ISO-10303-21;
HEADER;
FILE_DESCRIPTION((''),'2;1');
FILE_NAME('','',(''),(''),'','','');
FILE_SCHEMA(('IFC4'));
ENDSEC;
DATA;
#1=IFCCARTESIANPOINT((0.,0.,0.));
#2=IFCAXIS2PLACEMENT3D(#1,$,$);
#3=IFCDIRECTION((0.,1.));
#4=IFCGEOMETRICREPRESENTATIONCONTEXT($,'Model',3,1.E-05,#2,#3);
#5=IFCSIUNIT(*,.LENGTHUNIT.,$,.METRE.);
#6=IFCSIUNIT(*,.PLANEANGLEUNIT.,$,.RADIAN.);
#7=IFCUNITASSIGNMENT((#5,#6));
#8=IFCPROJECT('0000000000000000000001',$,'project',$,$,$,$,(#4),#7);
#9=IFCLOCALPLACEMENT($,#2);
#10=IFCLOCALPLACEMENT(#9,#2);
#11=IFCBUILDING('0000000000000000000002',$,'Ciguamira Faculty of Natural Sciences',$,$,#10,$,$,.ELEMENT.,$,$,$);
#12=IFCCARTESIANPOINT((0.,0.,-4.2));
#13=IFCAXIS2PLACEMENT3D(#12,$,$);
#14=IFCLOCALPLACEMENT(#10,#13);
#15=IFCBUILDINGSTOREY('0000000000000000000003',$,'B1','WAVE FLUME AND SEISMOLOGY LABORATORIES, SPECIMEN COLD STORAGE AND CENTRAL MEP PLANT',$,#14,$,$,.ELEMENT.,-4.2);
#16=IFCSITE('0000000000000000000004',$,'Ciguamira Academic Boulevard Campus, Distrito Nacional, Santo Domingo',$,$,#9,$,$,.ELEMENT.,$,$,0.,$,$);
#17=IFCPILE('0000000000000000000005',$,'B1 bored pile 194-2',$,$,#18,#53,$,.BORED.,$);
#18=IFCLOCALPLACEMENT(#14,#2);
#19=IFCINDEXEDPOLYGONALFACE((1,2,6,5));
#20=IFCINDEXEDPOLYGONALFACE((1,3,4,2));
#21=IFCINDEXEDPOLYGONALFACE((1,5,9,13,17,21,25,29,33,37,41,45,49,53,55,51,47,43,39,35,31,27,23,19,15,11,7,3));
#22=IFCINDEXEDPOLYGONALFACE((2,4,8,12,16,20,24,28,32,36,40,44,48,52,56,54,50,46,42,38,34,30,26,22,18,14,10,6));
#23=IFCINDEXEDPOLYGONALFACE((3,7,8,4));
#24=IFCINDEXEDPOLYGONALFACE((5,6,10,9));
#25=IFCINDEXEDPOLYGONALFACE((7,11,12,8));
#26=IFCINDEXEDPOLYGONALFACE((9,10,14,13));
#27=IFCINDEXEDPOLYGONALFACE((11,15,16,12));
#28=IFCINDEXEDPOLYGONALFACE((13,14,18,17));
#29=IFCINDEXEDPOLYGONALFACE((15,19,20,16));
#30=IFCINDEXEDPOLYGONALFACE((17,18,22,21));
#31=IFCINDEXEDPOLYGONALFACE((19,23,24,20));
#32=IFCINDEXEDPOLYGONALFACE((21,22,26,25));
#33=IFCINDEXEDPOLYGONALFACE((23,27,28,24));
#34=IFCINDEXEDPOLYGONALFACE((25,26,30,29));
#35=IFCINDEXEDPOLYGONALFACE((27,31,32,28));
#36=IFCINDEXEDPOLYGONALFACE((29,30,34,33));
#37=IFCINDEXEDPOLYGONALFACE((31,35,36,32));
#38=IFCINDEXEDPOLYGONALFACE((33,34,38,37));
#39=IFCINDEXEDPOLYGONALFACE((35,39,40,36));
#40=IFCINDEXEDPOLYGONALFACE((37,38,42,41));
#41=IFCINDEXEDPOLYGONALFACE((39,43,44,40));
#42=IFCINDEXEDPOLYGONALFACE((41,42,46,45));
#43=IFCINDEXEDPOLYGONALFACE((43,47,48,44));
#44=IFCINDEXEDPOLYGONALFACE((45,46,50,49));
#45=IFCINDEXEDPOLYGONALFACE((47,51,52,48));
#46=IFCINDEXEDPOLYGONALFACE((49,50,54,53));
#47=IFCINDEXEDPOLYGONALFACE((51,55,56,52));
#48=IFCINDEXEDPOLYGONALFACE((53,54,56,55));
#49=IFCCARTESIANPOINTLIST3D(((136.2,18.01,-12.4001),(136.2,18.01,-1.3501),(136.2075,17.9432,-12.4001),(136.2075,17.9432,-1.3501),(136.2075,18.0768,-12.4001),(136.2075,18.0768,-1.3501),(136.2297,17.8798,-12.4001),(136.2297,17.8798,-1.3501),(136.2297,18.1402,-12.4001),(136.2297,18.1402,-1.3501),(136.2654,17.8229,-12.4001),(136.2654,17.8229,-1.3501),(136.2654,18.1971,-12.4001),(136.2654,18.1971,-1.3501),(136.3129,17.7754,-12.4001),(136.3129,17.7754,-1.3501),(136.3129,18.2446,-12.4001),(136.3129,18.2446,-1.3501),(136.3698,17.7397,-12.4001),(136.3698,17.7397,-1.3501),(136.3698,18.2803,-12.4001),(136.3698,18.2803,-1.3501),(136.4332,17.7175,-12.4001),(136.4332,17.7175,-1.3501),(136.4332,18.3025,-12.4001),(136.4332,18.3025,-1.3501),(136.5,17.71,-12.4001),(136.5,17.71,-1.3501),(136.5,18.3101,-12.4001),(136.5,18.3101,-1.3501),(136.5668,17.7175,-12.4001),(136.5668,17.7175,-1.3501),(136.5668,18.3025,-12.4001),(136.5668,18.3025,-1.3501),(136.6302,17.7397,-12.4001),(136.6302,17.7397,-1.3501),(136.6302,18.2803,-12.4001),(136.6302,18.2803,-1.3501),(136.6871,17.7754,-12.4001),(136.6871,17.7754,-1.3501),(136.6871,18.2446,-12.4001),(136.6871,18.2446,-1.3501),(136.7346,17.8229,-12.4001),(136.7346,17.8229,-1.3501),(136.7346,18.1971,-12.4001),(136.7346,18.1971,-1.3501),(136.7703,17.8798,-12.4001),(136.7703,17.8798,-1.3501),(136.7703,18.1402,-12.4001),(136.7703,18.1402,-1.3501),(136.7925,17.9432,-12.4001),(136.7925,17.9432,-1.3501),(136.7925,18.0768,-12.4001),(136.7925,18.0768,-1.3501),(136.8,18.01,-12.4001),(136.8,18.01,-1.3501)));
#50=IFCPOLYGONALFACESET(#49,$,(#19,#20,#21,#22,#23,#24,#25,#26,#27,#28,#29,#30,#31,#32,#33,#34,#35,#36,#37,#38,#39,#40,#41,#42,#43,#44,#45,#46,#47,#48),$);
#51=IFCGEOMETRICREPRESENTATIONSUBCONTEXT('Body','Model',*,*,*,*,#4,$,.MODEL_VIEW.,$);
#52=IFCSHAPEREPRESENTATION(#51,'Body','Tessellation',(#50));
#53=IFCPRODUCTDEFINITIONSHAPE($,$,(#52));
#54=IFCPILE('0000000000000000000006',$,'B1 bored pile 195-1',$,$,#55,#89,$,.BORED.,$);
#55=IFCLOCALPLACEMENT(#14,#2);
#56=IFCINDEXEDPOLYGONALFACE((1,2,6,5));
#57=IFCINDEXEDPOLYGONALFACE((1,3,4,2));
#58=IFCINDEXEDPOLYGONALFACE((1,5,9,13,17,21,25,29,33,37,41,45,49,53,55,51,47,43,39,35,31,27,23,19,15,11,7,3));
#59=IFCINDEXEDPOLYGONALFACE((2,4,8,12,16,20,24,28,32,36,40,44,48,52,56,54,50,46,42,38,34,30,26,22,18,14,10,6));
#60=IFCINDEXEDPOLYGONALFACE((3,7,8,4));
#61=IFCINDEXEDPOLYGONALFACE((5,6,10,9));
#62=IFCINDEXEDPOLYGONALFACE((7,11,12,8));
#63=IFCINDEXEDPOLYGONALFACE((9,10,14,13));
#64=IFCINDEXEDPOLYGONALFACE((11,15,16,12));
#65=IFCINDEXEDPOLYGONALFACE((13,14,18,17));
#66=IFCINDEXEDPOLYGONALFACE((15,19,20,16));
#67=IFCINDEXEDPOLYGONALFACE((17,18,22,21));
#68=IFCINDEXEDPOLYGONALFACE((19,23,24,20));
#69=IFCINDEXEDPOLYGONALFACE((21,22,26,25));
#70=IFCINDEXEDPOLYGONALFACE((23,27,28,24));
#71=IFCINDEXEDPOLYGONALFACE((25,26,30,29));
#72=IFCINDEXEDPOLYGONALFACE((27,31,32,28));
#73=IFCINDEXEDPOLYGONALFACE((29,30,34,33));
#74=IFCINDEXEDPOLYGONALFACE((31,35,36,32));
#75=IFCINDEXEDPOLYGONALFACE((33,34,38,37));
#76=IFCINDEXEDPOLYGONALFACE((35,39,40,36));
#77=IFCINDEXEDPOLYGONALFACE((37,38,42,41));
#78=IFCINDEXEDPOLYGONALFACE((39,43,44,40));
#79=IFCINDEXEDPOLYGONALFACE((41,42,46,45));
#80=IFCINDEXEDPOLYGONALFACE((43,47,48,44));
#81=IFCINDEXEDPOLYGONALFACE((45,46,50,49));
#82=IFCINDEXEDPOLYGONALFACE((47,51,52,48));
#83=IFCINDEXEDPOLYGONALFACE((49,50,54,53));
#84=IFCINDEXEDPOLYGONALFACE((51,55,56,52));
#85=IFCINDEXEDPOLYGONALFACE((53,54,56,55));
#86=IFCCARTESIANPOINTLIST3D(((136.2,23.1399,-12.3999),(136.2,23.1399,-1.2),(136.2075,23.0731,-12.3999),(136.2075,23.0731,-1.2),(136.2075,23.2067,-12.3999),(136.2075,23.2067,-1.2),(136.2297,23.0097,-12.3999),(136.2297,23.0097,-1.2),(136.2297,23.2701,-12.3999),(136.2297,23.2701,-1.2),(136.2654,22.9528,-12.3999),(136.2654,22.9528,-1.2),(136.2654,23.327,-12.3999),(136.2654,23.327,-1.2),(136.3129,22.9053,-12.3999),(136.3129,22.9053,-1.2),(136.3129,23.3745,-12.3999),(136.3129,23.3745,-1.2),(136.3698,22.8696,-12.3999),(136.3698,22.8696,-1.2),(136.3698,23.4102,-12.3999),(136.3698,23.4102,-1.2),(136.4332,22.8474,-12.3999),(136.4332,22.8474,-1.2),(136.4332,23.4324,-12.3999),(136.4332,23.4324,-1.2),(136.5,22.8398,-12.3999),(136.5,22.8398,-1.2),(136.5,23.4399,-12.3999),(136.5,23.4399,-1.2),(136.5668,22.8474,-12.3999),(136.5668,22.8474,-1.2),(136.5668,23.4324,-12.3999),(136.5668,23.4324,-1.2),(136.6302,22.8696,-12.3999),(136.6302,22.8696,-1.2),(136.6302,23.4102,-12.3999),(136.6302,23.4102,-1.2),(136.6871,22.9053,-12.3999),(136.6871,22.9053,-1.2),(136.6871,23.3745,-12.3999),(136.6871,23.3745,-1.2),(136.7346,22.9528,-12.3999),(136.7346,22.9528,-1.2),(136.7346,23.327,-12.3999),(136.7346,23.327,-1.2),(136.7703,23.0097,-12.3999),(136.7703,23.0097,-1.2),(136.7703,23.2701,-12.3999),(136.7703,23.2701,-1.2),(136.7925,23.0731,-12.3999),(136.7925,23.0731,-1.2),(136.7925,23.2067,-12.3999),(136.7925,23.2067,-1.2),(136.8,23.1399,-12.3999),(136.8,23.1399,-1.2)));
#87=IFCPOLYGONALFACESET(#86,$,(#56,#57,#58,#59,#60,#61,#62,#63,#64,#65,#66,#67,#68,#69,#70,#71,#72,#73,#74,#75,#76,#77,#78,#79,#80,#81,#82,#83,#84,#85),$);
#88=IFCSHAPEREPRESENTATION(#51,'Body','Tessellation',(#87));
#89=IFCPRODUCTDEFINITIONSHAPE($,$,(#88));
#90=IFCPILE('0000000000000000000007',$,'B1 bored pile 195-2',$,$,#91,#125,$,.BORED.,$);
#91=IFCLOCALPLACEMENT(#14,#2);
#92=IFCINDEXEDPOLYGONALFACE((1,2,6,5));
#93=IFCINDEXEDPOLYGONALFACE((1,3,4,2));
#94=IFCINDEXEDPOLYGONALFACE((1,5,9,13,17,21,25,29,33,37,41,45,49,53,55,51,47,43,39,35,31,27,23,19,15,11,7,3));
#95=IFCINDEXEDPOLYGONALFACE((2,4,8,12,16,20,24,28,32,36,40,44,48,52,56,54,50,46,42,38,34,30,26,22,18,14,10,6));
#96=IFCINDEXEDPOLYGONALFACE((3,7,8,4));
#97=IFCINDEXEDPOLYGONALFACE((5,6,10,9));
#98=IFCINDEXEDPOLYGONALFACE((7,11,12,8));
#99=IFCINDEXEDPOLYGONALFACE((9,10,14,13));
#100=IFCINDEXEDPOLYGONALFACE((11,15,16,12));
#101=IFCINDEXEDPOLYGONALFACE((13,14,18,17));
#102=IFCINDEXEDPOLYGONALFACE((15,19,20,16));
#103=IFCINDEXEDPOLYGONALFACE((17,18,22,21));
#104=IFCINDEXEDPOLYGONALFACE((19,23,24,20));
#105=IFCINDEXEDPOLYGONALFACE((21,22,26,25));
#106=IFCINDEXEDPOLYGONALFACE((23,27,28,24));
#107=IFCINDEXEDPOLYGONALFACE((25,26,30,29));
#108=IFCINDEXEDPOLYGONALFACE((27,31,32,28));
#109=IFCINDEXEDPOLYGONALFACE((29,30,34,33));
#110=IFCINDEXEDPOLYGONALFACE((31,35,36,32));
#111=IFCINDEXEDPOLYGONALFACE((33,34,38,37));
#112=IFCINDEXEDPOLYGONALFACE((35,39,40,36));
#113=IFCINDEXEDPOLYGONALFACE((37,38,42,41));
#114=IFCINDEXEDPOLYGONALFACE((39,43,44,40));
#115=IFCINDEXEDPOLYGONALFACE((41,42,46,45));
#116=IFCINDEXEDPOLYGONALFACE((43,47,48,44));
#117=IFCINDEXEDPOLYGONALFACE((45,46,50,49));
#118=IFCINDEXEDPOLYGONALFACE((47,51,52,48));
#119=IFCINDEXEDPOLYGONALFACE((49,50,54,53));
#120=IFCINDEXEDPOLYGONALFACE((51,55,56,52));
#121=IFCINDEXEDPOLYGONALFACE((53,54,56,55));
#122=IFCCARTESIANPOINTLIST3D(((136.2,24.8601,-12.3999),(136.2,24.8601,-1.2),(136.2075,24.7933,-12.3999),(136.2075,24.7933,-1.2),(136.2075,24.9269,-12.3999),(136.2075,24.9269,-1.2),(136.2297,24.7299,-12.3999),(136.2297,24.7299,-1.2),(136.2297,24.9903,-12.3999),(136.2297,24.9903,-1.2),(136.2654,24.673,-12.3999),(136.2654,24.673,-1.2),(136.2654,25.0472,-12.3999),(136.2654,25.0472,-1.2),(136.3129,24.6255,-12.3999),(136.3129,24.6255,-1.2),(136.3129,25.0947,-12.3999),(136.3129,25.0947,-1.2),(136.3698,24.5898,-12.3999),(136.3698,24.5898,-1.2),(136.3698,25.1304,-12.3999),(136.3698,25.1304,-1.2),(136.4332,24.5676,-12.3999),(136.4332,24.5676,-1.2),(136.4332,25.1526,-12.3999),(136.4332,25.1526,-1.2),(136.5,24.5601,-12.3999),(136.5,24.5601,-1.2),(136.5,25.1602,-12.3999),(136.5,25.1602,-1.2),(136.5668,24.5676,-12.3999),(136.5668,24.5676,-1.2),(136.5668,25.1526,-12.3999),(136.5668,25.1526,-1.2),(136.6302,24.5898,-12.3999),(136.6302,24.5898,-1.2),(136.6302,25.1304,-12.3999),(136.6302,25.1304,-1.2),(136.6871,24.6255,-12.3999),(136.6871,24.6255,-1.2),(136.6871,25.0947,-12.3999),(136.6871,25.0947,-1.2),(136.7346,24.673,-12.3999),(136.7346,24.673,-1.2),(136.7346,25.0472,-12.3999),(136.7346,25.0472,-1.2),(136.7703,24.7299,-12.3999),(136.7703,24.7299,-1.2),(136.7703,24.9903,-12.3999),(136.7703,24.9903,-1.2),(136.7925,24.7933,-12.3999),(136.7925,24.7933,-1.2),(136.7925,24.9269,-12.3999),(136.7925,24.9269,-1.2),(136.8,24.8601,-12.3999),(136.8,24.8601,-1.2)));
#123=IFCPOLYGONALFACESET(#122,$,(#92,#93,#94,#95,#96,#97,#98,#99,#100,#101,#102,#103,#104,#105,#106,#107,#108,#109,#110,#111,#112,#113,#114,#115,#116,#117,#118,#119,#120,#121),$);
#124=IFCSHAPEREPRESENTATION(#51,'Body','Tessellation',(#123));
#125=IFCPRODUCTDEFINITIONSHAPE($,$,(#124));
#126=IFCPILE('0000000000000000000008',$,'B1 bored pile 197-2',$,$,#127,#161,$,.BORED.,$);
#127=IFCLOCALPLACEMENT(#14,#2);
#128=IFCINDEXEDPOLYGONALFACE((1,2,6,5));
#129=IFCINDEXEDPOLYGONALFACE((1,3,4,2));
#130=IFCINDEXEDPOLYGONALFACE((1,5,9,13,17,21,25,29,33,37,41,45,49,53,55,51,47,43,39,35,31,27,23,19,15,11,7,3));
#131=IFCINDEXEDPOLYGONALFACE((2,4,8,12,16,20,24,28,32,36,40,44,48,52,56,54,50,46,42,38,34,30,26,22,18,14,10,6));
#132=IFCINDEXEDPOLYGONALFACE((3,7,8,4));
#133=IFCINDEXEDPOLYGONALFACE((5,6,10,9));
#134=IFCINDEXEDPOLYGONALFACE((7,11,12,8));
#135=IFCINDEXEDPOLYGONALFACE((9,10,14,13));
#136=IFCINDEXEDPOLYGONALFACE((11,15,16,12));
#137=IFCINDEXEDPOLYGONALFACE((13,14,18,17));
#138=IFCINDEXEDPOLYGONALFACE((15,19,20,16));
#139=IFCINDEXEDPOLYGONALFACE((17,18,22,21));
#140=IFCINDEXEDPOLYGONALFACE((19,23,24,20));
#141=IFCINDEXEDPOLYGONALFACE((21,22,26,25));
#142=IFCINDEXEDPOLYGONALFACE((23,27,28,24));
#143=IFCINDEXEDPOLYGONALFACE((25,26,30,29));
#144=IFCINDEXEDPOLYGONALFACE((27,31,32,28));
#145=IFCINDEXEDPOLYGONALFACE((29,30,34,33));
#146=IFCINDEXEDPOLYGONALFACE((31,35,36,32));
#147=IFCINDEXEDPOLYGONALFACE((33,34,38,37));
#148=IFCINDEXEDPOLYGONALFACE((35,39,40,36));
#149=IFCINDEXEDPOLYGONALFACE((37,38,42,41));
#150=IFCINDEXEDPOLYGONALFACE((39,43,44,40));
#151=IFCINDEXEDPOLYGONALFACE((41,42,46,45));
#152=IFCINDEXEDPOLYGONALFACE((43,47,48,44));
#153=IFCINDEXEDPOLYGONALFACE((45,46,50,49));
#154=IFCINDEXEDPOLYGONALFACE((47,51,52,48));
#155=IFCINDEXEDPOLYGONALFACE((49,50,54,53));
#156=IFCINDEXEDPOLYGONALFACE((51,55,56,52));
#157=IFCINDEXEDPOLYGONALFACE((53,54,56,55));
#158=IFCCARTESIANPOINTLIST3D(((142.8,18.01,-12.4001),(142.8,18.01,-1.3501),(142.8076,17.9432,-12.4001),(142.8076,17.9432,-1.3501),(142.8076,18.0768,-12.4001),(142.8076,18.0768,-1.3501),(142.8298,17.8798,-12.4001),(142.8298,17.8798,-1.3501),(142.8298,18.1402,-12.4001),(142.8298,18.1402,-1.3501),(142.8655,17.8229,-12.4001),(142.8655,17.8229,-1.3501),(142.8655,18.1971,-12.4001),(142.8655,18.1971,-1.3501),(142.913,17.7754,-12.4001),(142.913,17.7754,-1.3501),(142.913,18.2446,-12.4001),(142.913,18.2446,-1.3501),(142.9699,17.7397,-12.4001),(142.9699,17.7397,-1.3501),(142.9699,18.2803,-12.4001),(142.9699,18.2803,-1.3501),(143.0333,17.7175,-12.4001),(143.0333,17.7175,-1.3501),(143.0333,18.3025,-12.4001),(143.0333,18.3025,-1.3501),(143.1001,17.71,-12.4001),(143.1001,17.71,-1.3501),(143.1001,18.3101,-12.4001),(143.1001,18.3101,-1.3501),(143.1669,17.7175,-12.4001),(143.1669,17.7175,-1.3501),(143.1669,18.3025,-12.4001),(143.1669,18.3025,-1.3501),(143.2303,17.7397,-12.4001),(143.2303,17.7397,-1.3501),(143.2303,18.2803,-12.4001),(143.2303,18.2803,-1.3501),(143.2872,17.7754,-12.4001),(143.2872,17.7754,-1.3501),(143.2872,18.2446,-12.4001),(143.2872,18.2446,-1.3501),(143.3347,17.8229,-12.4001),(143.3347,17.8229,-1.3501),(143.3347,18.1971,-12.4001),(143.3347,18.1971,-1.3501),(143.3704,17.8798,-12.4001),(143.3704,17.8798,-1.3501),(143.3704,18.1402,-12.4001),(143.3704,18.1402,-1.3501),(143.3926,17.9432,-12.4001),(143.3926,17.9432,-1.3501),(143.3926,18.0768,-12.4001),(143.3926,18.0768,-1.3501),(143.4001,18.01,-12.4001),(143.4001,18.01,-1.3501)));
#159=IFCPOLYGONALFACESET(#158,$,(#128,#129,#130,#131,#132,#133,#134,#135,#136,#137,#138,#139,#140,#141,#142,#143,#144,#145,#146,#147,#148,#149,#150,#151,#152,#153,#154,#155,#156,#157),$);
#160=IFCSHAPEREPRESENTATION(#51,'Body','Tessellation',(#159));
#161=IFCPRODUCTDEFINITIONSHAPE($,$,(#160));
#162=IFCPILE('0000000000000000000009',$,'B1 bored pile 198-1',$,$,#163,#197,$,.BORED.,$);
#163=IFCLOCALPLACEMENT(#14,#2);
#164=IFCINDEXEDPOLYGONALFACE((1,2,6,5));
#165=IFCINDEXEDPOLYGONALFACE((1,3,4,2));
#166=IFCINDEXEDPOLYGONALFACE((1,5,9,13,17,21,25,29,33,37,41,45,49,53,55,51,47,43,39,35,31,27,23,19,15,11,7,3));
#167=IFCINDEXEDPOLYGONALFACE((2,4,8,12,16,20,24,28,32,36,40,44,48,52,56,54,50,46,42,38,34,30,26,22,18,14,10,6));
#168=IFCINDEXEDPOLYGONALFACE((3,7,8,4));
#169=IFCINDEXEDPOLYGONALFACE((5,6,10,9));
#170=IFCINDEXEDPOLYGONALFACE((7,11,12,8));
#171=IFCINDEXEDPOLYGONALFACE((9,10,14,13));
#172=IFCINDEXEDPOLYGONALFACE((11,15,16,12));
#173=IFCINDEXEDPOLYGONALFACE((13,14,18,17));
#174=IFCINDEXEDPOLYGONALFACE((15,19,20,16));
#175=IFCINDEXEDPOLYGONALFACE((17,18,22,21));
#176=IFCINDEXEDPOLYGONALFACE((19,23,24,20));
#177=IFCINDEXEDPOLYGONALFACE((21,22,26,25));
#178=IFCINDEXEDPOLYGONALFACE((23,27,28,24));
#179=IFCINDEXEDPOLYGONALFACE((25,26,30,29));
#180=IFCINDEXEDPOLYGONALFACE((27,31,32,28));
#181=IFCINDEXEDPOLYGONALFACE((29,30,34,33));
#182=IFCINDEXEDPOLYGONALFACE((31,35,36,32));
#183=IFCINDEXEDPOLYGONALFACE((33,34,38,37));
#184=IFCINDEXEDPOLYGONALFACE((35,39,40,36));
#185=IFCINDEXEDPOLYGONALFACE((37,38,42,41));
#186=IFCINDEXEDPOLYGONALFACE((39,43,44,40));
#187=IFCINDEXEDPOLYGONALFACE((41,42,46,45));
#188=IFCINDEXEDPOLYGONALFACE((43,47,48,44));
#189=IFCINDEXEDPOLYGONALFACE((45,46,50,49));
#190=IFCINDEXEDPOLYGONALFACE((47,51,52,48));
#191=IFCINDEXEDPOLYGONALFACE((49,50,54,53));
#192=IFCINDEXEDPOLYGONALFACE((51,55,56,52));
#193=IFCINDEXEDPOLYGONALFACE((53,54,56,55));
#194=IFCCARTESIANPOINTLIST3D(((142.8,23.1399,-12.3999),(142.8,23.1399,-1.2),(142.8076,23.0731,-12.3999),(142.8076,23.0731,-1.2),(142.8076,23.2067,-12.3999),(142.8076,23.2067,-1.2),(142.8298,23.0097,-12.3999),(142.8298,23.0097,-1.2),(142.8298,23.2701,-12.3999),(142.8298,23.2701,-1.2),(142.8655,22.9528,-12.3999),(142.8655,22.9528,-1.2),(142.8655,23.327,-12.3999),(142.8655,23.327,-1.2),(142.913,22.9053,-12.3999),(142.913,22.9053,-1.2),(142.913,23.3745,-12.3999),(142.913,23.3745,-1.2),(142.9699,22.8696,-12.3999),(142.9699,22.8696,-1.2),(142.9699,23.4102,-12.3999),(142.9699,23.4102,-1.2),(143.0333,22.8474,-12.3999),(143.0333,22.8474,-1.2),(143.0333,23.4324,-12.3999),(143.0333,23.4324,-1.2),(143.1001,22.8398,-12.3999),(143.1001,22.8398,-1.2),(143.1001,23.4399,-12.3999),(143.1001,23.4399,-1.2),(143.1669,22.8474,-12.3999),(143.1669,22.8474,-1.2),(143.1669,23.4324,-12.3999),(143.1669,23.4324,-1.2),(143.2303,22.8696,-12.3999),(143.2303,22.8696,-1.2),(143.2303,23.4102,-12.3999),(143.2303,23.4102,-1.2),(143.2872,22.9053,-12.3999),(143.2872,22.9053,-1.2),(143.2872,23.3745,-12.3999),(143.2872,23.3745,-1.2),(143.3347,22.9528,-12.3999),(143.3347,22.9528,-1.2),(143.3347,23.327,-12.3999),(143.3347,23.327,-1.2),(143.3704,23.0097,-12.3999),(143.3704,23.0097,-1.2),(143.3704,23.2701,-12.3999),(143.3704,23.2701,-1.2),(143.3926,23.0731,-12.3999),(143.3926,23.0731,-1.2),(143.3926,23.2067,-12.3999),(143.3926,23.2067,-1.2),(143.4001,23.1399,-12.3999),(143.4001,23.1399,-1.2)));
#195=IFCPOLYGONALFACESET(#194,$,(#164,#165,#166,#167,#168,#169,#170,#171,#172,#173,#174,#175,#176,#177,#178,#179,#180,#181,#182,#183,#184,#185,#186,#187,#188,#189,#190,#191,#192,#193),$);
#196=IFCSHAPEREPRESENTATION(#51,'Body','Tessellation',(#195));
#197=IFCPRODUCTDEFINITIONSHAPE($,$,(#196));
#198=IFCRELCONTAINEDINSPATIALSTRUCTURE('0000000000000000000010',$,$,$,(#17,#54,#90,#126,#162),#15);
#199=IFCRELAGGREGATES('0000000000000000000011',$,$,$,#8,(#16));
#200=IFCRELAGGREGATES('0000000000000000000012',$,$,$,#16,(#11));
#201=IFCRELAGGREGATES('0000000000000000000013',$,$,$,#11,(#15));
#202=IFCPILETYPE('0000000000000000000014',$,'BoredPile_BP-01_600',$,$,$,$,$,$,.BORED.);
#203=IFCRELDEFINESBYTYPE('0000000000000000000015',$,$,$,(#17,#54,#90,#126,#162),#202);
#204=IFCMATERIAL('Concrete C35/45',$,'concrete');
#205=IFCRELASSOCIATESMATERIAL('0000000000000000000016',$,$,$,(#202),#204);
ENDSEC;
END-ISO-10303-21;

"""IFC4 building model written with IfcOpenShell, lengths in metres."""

from ifc_helpers import new_model, si_unit, direction, frame, origin, origin_2d, place, context, subcontext, project, spatial, circle, extrude, material, material_profile, profile_set, type_object, element, save


model = new_model("IFC4")

# Units and contexts
model_context = context("Model", 3, precision=1e-05, world=origin(), true_north=direction((0.0, 1.0)))
body_context = subcontext(model_context, "Body", "Model", "MODEL_VIEW")
ifc_project = project(units=[si_unit("LENGTHUNIT", "METRE"), si_unit("PLANEANGLEUNIT", "RADIAN")], contexts=[model_context])

# Site, building, storey
site_placement = place(None, origin())
site = spatial("IfcSite", under=ifc_project, at=site_placement, Name="Ciguamira Academic Boulevard Campus, Distrito Nacional, Santo Domingo", CompositionType="ELEMENT", RefElevation=0.0)
building_placement = place(site_placement, origin())
building = spatial("IfcBuilding", under=site, at=building_placement, Name="Ciguamira Faculty of Natural Sciences", CompositionType="ELEMENT")
storey_placement = place(building_placement, frame((0.0, 0.0, -4.2)))
storey = spatial("IfcBuildingStorey", under=building, at=storey_placement, Name="B1", Description="WAVE FLUME AND SEISMOLOGY LABORATORIES, SPECIMEN COLD STORAGE AND CENTRAL MEP PLANT", CompositionType="ELEMENT", Elevation=-4.2)

# Piles
ifc_material_1 = material(Name="Concrete C35/45", Category="concrete")
ifc_material_profile_1 = material_profile(ifc_material_1, circle(Radius=0.3, at=origin_2d()), Name="PILE-BORED-600")
ifc_profile_set_1 = profile_set([ifc_material_profile_1], Name="Concrete C35/45")
pile_type = type_object("IfcPileType", Name="BoredPile_BP-01_600", PredefinedType="BORED", material=ifc_profile_set_1)
pile_1_placement = place(storey_placement, frame((136.5, 18.01, -1.3501), z_axis=(0.0, 0.0, -1.0), x_axis=(1.0, 0.0, 0.0)))
element("IfcPile", 1, at=pile_1_placement, inside=storey, type_object=pile_type, Name="B1 bored pile 194-2", PredefinedType="BORED", context=body_context, shape_type="SweptSolid", body=[
    extrude(circle(Radius=0.3, at=origin_2d()), origin(), (0.0, 0.0, 1.0), 11.05),
])
for number, where, z_axis, x_axis, name in (
    (2, (136.5, 23.1399, -1.2), (0.0, 0.0, -1.0), (1.0, 0.0, 0.0), "B1 bored pile 195-1"),
    (3, (136.5, 24.8601, -1.2), (0.0, 0.0, -1.0), (1.0, 0.0, 0.0), "B1 bored pile 195-2"),
):
    element("IfcPile", number, at=place(storey_placement, frame(where, z_axis=z_axis, x_axis=x_axis)), inside=storey, type_object=pile_type, Name=name, PredefinedType="BORED", context=body_context, shape_type="SweptSolid", body=[
        extrude(circle(Radius=0.3, at=origin_2d()), origin(), (0.0, 0.0, 1.0), 11.2),
    ])
pile_2_placement = place(storey_placement, frame((143.1001, 18.01, -1.3501), z_axis=(0.0, 0.0, -1.0), x_axis=(1.0, 0.0, 0.0)))
element("IfcPile", 4, at=pile_2_placement, inside=storey, type_object=pile_type, Name="B1 bored pile 197-2", PredefinedType="BORED", context=body_context, shape_type="SweptSolid", body=[
    extrude(circle(Radius=0.3, at=origin_2d()), origin(), (0.0, 0.0, 1.0), 11.05),
])
for number, where, z_axis, x_axis, name in (
    (5, (143.1001, 23.1399, -1.2), (0.0, 0.0, -1.0), (1.0, 0.0, 0.0), "B1 bored pile 198-1"),
):
    element("IfcPile", number, at=place(storey_placement, frame(where, z_axis=z_axis, x_axis=x_axis)), inside=storey, type_object=pile_type, Name=name, PredefinedType="BORED", context=body_context, shape_type="SweptSolid", body=[
        extrude(circle(Radius=0.3, at=origin_2d()), origin(), (0.0, 0.0, 1.0), 11.2),
    ])

save(model, "model.ifc")
